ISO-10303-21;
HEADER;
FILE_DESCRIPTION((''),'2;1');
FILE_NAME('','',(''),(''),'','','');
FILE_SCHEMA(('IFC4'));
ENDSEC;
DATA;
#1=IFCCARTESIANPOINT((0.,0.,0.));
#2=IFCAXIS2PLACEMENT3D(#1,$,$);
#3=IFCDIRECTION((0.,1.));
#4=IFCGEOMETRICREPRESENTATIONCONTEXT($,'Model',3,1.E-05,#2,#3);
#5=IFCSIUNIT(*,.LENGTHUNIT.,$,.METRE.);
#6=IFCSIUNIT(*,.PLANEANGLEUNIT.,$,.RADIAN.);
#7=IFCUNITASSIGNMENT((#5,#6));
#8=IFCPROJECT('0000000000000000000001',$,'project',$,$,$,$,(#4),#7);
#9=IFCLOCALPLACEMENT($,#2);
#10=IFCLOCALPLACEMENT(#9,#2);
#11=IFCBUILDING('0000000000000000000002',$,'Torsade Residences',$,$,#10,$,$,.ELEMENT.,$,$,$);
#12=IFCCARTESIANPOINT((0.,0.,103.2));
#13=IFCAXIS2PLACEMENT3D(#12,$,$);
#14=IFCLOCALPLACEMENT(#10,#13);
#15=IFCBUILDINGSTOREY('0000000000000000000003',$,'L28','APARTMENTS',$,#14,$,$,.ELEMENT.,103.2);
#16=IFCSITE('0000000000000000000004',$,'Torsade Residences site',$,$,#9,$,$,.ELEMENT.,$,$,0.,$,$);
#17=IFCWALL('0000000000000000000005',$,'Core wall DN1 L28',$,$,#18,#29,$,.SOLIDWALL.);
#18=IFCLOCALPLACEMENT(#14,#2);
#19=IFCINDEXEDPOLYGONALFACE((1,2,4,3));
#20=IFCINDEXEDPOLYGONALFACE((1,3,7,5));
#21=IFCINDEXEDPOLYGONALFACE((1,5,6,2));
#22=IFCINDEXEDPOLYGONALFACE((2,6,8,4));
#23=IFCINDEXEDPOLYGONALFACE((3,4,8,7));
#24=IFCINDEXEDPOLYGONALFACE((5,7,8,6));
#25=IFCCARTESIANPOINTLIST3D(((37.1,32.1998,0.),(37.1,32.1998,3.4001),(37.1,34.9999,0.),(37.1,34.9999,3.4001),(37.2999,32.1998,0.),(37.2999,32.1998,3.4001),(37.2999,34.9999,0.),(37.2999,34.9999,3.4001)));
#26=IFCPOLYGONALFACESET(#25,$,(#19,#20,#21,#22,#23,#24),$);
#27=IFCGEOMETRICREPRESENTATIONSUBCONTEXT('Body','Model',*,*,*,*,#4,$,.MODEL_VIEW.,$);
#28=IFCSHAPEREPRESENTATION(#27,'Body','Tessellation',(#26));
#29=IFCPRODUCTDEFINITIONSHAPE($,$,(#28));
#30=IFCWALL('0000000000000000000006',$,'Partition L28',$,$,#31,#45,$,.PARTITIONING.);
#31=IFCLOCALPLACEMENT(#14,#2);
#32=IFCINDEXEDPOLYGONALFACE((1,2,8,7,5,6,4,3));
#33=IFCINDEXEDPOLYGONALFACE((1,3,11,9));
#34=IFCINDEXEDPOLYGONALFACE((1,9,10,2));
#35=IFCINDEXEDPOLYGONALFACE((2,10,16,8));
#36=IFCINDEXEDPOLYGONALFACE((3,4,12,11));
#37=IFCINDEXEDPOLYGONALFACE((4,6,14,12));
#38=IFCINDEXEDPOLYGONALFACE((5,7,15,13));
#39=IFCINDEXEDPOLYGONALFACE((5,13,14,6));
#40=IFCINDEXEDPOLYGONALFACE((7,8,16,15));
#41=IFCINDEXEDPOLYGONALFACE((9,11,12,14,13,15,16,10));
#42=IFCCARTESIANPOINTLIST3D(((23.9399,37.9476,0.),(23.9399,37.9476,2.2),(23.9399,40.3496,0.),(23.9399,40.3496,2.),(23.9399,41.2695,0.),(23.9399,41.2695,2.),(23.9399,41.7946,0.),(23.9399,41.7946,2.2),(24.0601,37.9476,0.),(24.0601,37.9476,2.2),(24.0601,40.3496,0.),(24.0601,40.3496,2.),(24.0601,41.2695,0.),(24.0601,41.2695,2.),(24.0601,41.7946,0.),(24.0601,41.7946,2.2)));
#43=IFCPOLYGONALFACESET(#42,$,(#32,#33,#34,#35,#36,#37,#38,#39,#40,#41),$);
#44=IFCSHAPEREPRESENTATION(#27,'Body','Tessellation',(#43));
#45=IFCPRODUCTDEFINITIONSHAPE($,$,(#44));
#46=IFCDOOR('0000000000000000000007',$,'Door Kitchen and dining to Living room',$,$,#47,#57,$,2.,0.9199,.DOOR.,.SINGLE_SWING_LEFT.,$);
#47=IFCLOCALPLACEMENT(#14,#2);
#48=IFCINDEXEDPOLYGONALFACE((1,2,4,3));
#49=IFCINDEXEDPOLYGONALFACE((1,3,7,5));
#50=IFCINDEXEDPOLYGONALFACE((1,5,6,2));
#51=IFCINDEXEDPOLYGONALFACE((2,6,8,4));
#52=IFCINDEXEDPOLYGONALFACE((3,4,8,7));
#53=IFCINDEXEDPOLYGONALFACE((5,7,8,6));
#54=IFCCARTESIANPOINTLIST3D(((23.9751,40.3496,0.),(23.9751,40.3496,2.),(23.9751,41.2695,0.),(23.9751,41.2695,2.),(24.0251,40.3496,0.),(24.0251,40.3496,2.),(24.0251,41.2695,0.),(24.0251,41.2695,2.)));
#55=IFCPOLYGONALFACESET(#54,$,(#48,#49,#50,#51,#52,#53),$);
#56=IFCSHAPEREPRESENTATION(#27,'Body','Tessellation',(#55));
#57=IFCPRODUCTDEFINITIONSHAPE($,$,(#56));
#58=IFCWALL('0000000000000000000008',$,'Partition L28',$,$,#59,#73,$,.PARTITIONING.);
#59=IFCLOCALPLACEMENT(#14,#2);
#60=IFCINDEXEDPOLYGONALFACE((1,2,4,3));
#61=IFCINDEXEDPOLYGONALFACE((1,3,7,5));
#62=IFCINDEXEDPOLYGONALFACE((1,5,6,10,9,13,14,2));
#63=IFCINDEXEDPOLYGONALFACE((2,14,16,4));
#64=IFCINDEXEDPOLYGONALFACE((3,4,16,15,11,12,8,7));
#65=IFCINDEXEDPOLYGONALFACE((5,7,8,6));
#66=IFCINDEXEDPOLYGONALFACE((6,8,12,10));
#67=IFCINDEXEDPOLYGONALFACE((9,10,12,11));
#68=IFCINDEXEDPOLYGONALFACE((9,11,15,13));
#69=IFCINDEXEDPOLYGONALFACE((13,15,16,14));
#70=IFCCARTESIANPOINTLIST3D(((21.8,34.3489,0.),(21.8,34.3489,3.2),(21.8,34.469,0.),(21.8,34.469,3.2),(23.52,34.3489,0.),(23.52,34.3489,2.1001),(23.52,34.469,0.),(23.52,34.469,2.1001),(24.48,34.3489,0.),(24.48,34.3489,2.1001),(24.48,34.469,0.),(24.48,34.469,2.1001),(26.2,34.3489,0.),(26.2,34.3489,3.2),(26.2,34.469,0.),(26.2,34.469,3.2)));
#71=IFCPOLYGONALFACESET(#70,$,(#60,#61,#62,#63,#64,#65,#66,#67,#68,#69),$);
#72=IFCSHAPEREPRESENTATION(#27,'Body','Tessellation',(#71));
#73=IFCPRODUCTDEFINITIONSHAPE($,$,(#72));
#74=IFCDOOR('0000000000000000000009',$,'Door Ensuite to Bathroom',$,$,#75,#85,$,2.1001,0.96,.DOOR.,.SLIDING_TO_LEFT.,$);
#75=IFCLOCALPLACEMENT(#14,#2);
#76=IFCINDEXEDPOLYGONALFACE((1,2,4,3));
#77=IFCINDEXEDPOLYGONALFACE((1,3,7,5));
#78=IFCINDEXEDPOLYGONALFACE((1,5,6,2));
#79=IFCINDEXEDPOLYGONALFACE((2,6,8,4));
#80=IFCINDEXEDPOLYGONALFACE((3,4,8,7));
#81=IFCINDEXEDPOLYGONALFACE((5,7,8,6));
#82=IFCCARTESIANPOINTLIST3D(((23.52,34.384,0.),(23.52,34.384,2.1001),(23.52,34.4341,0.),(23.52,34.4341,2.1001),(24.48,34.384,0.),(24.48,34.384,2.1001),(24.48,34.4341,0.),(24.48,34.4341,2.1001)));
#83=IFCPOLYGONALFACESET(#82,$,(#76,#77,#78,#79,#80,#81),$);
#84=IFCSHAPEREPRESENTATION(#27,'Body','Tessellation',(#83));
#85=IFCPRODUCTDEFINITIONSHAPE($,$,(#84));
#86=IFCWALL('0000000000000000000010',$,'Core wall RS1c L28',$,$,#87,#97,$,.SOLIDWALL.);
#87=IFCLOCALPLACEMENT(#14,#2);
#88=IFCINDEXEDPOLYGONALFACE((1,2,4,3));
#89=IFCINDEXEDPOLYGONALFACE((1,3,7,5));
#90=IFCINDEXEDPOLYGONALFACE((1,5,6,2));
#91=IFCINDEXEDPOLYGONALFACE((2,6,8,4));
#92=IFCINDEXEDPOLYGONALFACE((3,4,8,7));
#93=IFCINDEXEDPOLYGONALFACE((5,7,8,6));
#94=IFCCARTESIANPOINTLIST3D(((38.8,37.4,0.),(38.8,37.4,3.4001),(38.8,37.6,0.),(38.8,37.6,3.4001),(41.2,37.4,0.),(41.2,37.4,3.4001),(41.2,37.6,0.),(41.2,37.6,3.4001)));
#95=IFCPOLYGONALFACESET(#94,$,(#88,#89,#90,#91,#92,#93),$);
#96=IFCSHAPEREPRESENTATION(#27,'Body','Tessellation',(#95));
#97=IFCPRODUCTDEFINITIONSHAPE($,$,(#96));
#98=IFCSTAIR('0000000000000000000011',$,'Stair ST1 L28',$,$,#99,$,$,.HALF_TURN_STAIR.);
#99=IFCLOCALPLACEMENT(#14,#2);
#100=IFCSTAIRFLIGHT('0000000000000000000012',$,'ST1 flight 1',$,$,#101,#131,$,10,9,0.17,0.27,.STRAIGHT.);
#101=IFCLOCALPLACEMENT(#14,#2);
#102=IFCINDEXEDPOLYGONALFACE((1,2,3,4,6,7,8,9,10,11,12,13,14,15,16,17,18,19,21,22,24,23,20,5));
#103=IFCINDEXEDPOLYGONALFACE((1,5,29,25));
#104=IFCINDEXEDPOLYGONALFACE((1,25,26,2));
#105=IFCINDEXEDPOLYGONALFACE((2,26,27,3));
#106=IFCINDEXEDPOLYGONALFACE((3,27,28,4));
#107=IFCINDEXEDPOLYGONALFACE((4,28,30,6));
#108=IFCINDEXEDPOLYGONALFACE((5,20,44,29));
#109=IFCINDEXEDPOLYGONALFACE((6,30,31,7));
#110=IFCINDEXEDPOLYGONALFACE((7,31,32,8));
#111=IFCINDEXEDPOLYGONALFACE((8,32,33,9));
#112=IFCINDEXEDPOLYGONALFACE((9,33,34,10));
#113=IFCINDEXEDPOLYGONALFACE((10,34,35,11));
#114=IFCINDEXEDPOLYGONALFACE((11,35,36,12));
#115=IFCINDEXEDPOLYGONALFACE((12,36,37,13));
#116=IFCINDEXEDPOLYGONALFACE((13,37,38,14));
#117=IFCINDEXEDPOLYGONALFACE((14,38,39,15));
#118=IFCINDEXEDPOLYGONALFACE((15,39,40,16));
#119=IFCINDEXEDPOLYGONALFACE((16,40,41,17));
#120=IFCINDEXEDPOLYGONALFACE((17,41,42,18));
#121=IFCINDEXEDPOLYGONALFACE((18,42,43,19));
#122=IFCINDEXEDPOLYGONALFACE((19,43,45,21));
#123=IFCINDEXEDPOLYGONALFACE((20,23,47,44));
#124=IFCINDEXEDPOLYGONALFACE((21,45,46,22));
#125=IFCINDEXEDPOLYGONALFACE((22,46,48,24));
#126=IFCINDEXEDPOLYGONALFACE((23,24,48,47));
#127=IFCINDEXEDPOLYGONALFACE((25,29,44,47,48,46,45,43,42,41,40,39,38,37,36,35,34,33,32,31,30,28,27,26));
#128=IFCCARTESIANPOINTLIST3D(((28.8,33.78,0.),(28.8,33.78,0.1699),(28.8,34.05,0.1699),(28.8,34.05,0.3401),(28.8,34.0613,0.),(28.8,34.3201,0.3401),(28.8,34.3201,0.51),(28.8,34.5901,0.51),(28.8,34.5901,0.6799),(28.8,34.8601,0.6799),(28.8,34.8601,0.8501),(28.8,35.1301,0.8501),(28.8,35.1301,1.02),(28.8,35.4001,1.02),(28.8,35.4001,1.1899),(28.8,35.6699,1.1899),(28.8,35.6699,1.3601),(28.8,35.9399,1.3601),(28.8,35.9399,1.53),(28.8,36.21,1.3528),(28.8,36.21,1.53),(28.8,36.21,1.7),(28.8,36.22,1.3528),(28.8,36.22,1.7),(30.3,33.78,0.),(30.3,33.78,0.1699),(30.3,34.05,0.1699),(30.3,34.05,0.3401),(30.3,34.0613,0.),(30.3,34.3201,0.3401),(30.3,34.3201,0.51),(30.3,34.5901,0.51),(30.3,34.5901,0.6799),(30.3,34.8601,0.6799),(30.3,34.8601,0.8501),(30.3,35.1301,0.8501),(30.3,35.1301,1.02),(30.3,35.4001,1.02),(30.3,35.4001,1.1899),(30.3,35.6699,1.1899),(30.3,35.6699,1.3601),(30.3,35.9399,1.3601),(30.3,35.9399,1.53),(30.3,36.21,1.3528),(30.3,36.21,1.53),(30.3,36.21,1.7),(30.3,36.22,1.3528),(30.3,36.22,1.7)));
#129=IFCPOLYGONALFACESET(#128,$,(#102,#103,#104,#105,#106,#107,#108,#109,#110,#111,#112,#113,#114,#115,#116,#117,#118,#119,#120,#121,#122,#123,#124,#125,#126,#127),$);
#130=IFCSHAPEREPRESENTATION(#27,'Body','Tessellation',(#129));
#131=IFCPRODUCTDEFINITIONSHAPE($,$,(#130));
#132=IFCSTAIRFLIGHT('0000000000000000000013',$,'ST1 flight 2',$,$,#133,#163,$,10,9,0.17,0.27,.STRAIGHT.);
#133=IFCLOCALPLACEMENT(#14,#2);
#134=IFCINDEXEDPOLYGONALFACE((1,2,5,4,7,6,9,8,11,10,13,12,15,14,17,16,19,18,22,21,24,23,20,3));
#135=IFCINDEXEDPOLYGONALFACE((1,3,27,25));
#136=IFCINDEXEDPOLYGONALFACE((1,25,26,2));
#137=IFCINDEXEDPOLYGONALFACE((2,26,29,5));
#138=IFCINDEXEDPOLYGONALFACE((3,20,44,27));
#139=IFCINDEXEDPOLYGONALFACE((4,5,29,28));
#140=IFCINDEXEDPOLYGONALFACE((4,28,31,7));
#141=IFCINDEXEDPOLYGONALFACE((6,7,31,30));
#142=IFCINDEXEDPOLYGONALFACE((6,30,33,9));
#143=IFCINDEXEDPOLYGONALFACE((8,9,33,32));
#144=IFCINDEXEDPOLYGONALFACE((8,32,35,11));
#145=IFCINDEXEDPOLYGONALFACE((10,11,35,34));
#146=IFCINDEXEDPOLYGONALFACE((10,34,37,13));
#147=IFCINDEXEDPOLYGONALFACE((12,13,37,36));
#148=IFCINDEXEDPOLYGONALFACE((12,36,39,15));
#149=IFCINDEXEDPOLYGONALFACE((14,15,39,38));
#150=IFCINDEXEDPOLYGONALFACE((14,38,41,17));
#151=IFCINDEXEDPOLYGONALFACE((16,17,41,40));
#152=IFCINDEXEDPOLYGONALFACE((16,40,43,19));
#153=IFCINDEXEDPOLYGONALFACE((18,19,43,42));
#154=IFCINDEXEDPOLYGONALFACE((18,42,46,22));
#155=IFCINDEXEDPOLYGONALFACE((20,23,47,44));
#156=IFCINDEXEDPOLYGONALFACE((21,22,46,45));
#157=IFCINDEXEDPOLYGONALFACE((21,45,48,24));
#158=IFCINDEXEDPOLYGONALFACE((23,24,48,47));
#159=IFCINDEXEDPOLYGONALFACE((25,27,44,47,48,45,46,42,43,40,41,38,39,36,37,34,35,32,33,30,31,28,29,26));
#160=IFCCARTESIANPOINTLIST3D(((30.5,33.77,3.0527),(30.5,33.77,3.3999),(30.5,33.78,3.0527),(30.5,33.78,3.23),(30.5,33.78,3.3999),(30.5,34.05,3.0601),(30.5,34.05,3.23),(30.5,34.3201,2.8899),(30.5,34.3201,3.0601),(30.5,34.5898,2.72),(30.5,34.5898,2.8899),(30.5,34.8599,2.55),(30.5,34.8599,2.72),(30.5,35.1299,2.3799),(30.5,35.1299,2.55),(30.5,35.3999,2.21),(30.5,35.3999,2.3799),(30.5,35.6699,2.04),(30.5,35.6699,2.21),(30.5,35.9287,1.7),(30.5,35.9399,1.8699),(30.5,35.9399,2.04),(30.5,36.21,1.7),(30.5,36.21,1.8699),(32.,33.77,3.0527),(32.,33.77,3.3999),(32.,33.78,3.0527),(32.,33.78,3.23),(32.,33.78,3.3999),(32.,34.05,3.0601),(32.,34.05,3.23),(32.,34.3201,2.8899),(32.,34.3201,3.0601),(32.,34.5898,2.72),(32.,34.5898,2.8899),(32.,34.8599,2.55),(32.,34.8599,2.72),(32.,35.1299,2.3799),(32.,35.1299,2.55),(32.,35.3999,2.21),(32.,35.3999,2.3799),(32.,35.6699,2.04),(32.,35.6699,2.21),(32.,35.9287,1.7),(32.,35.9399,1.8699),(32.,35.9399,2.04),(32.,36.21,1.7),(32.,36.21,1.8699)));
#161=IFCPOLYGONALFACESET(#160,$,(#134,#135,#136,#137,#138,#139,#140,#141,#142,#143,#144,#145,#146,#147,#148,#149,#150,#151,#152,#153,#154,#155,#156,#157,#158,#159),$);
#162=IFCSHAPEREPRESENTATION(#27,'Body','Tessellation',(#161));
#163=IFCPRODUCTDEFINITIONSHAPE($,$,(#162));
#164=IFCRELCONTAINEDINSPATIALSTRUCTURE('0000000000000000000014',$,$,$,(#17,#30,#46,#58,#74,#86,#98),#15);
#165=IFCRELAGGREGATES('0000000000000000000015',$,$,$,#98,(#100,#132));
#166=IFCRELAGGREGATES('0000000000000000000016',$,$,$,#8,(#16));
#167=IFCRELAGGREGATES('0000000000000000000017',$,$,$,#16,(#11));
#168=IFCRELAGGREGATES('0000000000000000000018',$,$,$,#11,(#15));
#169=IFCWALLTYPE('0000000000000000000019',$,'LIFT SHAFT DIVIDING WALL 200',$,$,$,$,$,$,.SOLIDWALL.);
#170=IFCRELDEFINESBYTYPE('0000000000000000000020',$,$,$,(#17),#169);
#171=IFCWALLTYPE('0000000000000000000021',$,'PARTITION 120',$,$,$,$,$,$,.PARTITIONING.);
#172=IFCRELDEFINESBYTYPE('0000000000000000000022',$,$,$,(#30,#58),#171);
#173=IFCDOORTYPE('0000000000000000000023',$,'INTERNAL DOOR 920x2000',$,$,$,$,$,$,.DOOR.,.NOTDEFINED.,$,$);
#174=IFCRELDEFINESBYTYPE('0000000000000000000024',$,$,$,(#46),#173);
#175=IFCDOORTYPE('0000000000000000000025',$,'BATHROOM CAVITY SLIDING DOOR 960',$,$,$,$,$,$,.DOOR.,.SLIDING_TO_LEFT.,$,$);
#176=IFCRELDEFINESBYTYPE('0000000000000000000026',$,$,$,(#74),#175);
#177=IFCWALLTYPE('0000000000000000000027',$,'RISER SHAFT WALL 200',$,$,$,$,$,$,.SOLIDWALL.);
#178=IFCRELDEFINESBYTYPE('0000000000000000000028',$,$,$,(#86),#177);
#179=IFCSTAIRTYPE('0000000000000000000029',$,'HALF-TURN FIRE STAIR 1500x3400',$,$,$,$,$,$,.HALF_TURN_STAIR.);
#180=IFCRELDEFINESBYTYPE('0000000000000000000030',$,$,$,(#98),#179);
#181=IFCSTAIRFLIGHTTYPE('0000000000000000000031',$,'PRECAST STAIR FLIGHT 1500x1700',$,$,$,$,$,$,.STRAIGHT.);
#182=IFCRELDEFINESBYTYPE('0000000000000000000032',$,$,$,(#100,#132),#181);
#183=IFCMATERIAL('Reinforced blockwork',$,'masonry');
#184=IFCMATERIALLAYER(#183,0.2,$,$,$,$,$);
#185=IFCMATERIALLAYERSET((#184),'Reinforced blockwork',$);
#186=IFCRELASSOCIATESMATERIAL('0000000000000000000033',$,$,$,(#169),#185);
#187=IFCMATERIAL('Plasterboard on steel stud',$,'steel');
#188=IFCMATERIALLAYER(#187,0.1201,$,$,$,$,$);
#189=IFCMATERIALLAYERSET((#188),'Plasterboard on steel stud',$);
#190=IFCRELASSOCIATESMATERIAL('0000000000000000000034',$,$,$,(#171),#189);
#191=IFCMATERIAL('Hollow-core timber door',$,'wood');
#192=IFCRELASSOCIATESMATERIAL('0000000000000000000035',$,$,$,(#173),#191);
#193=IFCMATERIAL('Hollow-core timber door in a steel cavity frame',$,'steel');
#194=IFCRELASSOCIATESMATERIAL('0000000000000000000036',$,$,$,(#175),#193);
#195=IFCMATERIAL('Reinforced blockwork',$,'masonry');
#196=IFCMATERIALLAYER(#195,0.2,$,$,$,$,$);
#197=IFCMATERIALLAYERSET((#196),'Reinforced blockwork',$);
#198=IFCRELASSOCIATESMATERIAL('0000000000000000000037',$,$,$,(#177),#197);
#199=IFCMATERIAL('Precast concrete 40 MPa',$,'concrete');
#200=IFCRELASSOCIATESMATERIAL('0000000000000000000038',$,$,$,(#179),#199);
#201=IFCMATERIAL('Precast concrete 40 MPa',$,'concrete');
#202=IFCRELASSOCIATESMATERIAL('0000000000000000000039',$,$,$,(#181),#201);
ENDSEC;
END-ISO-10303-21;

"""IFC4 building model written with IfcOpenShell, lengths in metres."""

from ifc_helpers import new_model, si_unit, direction, frame, frame_2d, origin, place, context, subcontext, project, spatial, polyline, rectangle, outline, extrude, material, layer, layer_set, type_object, element, fill, aggregate, save


model = new_model("IFC4")

# Units and contexts
model_context = context("Model", 3, precision=1e-05, world=origin(), true_north=direction((0.0, 1.0)))
body_context = subcontext(model_context, "Body", "Model", "MODEL_VIEW")
ifc_project = project(units=[si_unit("LENGTHUNIT", "METRE"), si_unit("PLANEANGLEUNIT", "RADIAN")], contexts=[model_context])

# Site, building, storey
site_placement = place(None, origin())
site = spatial("IfcSite", under=ifc_project, at=site_placement, Name="Torsade Residences site", CompositionType="ELEMENT", RefElevation=0.0)
building_placement = place(site_placement, origin())
building = spatial("IfcBuilding", under=site, at=building_placement, Name="Torsade Residences", CompositionType="ELEMENT")
storey_placement = place(building_placement, frame((0.0, 0.0, 103.2)))
storey = spatial("IfcBuildingStorey", under=building, at=storey_placement, Name="L28", Description="APARTMENTS", CompositionType="ELEMENT", Elevation=103.2)

# Wall
ifc_material_1 = material(Name="Reinforced blockwork", Category="masonry")
ifc_layer_1 = layer(ifc_material_1, 0.2)
ifc_layer_set_1 = layer_set([ifc_layer_1], Name="Reinforced blockwork")
wall_type_1 = type_object("IfcWallType", Name="LIFT SHAFT DIVIDING WALL 200", PredefinedType="SOLIDWALL", material=ifc_layer_set_1)
wall_1_placement = place(storey_placement, frame((37.2, 32.2, 0.0), z_axis=(0.0, 0.0, 1.0), x_axis=(0.0, 1.0, 0.0)))
element("IfcWall", 1, at=wall_1_placement, inside=storey, type_object=wall_type_1, Name="Core wall DN1 L28", PredefinedType="SOLIDWALL", context=body_context, shape_type="SweptSolid", body=[
    extrude(rectangle(XDim=2.8, YDim=0.2, at=frame_2d((1.3999, 0.0))), origin(), (0.0, 0.0, 1.0), 3.4001),
])

# Walls, openings, doors
ifc_material_2 = material(Name="Plasterboard on steel stud", Category="steel")
ifc_layer_2 = layer(ifc_material_2, 0.1201)
ifc_layer_set_2 = layer_set([ifc_layer_2], Name="Plasterboard on steel stud")
wall_type_2 = type_object("IfcWallType", Name="PARTITION 120", PredefinedType="PARTITIONING", material=ifc_layer_set_2)
wall_2_placement = place(storey_placement, frame((24.0, 37.9478, 0.0), z_axis=(0.0, 0.0, 1.0), x_axis=(0.0, 1.0, 0.0)))
wall_2 = element("IfcWall", 2, at=wall_2_placement, inside=storey, type_object=wall_type_2, Name="Partition L28", PredefinedType="PARTITIONING", context=body_context, shape_type="SweptSolid", body=[
    extrude(rectangle(XDim=3.8469, YDim=0.1201, at=frame_2d((1.9233, 0.0))), origin(), (0.0, 0.0, 1.0), 2.2),
])
opening_1_placement = place(wall_2_placement, frame((2.4019, 0.0, 0.0)))
opening_1 = element("IfcOpeningElement", 3, at=opening_1_placement, cuts=wall_2, PredefinedType="OPENING", context=body_context, shape_type="SweptSolid", body=[
    extrude(rectangle(XDim=0.9199, YDim=2.0, at=frame_2d((0.46, 1.0))), frame((0.0, 0.0701, 0.0), z_axis=(0.0, -1.0, 0.0), x_axis=(1.0, 0.0, 0.0)), (0.0, 0.0, 1.0), 0.1401),
])
ifc_material_3 = material(Name="Hollow-core timber door", Category="wood")
door_type_1 = type_object("IfcDoorType", Name="INTERNAL DOOR 920x2000", OperationType="NOTDEFINED", PredefinedType="DOOR", material=ifc_material_3)
door_1_placement = place(opening_1_placement, origin())
door_1 = element("IfcDoor", 4, at=door_1_placement, inside=storey, type_object=door_type_1, Name="Door Kitchen and dining to Living room", OperationType="SINGLE_SWING_LEFT", OverallHeight=2.0, OverallWidth=0.9199, PredefinedType="DOOR", context=body_context, shape_type="SweptSolid", body=[
    extrude(rectangle(XDim=0.9199, YDim=2.0, at=frame_2d((0.46, 1.0))), frame((0.0, 0.0249, 0.0), z_axis=(0.0, -1.0, 0.0), x_axis=(1.0, 0.0, 0.0)), (0.0, 0.0, 1.0), 0.05),
])
fill(opening_1, door_1)
wall_3_placement = place(storey_placement, frame((26.2, 34.4089, 0.0), z_axis=(0.0, 0.0, 1.0), x_axis=(-1.0, 0.0, 0.0)))
wall_3 = element("IfcWall", 5, at=wall_3_placement, inside=storey, type_object=wall_type_2, Name="Partition L28", PredefinedType="PARTITIONING", context=body_context, shape_type="SweptSolid", body=[
    extrude(rectangle(XDim=4.3999, YDim=0.1201, at=frame_2d((2.2, 0.0))), origin(), (0.0, 0.0, 1.0), 3.2),
])
opening_2_placement = place(wall_3_placement, frame((1.72, 0.0, 0.0)))
opening_2 = element("IfcOpeningElement", 6, at=opening_2_placement, cuts=wall_3, PredefinedType="OPENING", context=body_context, shape_type="SweptSolid", body=[
    extrude(rectangle(XDim=0.96, YDim=2.1001, at=frame_2d((0.48, 1.05))), frame((0.0, 0.0701, 0.0), z_axis=(0.0, -1.0, 0.0), x_axis=(1.0, 0.0, 0.0)), (0.0, 0.0, 1.0), 0.1401),
])
ifc_material_4 = material(Name="Hollow-core timber door in a steel cavity frame", Category="steel")
door_type_2 = type_object("IfcDoorType", Name="BATHROOM CAVITY SLIDING DOOR 960", OperationType="SLIDING_TO_LEFT", PredefinedType="DOOR", material=ifc_material_4)
door_2_placement = place(opening_2_placement, origin())
door_2 = element("IfcDoor", 7, at=door_2_placement, inside=storey, type_object=door_type_2, Name="Door Ensuite to Bathroom", OperationType="SLIDING_TO_LEFT", OverallHeight=2.1001, OverallWidth=0.96, PredefinedType="DOOR", context=body_context, shape_type="SweptSolid", body=[
    extrude(rectangle(XDim=0.96, YDim=2.1001, at=frame_2d((0.48, 1.05))), frame((0.0, 0.0249, 0.0), z_axis=(0.0, -1.0, 0.0), x_axis=(1.0, 0.0, 0.0)), (0.0, 0.0, 1.0), 0.05),
])
fill(opening_2, door_2)

# Wall
ifc_material_5 = material(Name="Reinforced blockwork", Category="masonry")
ifc_layer_3 = layer(ifc_material_5, 0.2)
ifc_layer_set_3 = layer_set([ifc_layer_3], Name="Reinforced blockwork")
wall_type_3 = type_object("IfcWallType", Name="RISER SHAFT WALL 200", PredefinedType="SOLIDWALL", material=ifc_layer_set_3)
wall_4_placement = place(storey_placement, frame((38.8, 37.5, 0.0), z_axis=(0.0, 0.0, 1.0), x_axis=(1.0, 0.0, 0.0)))
element("IfcWall", 8, at=wall_4_placement, inside=storey, type_object=wall_type_3, Name="Core wall RS1c L28", PredefinedType="SOLIDWALL", context=body_context, shape_type="SweptSolid", body=[
    extrude(rectangle(XDim=2.3999, YDim=0.2, at=frame_2d((1.2, 0.0))), origin(), (0.0, 0.0, 1.0), 3.4001),
])

# Stair, stair flights
ifc_material_6 = material(Name="Precast concrete 40 MPa", Category="concrete")
stair_type = type_object("IfcStairType", Name="HALF-TURN FIRE STAIR 1500x3400", PredefinedType="HALF_TURN_STAIR", material=ifc_material_6)
stair_placement = place(storey_placement, origin())
stair = element("IfcStair", 9, at=stair_placement, inside=storey, type_object=stair_type, Name="Stair ST1 L28", PredefinedType="HALF_TURN_STAIR")
ifc_material_7 = material(Name="Precast concrete 40 MPa", Category="concrete")
stair_flight_type = type_object("IfcStairFlightType", Name="PRECAST STAIR FLIGHT 1500x1700", PredefinedType="STRAIGHT", material=ifc_material_7)
stair_flight_1_placement = place(storey_placement, frame((29.55, 33.78, 0.0), z_axis=(0.0, 0.0, 1.0), x_axis=(0.0, 1.0, 0.0)))
stair_flight_1 = element("IfcStairFlight", 10, at=stair_flight_1_placement, type_object=stair_flight_type, Name="ST1 flight 1", NumberOfRisers=10, NumberOfTreads=9, PredefinedType="STRAIGHT", RiserHeight=0.17, TreadLength=0.27, context=body_context, shape_type="SweptSolid", body=[
    extrude(outline(polyline([(0.0, 0.0), (0.0, 0.1699), (0.27, 0.1699), (0.27, 0.3401), (0.54, 0.3401), (0.54, 0.51), (0.8101, 0.51), (0.8101, 0.6799), (1.0801, 0.6799), (1.0801, 0.8501), (1.3501, 0.8501), (1.3501, 1.02), (1.6201, 1.02), (1.6201, 1.1899), (1.8899, 1.1899), (1.8899, 1.3601), (2.1599, 1.3601), (2.1599, 1.53), (2.4299, 1.53), (2.4299, 1.7), (2.4399, 1.7), (2.4399, 1.3528), (2.4299, 1.3528), (0.2812, 0.0), (0.0, 0.0)])), frame((0.0, 0.75, 0.0), z_axis=(0.0, -1.0, 0.0), x_axis=(1.0, 0.0, 0.0)), (0.0, 0.0, 1.0), 1.5),
])
stair_flight_2_placement = place(storey_placement, frame((31.25, 36.21, 1.7), z_axis=(0.0, 0.0, 1.0), x_axis=(0.0, -1.0, 0.0)))
stair_flight_2 = element("IfcStairFlight", 11, at=stair_flight_2_placement, type_object=stair_flight_type, Name="ST1 flight 2", NumberOfRisers=10, NumberOfTreads=9, PredefinedType="STRAIGHT", RiserHeight=0.17, TreadLength=0.27, context=body_context, shape_type="SweptSolid", body=[
    extrude(outline(polyline([(0.0, 0.0), (0.0, 0.1699), (0.27, 0.1699), (0.27, 0.3401), (0.54, 0.3401), (0.54, 0.51), (0.8101, 0.51), (0.8101, 0.6799), (1.0801, 0.6799), (1.0801, 0.8501), (1.3501, 0.8501), (1.3501, 1.02), (1.6201, 1.02), (1.6201, 1.1899), (1.8899, 1.1899), (1.8899, 1.3601), (2.1599, 1.3601), (2.1599, 1.53), (2.4299, 1.53), (2.4299, 1.7), (2.4399, 1.7), (2.4399, 1.3528), (2.4299, 1.3528), (0.2812, 0.0), (0.0, 0.0)])), frame((0.0, 0.75, 0.0), z_axis=(0.0, -1.0, 0.0), x_axis=(1.0, 0.0, 0.0)), (0.0, 0.0, 1.0), 1.5),
])
aggregate(stair, [stair_flight_1, stair_flight_2])

save(model, "model.ifc")
